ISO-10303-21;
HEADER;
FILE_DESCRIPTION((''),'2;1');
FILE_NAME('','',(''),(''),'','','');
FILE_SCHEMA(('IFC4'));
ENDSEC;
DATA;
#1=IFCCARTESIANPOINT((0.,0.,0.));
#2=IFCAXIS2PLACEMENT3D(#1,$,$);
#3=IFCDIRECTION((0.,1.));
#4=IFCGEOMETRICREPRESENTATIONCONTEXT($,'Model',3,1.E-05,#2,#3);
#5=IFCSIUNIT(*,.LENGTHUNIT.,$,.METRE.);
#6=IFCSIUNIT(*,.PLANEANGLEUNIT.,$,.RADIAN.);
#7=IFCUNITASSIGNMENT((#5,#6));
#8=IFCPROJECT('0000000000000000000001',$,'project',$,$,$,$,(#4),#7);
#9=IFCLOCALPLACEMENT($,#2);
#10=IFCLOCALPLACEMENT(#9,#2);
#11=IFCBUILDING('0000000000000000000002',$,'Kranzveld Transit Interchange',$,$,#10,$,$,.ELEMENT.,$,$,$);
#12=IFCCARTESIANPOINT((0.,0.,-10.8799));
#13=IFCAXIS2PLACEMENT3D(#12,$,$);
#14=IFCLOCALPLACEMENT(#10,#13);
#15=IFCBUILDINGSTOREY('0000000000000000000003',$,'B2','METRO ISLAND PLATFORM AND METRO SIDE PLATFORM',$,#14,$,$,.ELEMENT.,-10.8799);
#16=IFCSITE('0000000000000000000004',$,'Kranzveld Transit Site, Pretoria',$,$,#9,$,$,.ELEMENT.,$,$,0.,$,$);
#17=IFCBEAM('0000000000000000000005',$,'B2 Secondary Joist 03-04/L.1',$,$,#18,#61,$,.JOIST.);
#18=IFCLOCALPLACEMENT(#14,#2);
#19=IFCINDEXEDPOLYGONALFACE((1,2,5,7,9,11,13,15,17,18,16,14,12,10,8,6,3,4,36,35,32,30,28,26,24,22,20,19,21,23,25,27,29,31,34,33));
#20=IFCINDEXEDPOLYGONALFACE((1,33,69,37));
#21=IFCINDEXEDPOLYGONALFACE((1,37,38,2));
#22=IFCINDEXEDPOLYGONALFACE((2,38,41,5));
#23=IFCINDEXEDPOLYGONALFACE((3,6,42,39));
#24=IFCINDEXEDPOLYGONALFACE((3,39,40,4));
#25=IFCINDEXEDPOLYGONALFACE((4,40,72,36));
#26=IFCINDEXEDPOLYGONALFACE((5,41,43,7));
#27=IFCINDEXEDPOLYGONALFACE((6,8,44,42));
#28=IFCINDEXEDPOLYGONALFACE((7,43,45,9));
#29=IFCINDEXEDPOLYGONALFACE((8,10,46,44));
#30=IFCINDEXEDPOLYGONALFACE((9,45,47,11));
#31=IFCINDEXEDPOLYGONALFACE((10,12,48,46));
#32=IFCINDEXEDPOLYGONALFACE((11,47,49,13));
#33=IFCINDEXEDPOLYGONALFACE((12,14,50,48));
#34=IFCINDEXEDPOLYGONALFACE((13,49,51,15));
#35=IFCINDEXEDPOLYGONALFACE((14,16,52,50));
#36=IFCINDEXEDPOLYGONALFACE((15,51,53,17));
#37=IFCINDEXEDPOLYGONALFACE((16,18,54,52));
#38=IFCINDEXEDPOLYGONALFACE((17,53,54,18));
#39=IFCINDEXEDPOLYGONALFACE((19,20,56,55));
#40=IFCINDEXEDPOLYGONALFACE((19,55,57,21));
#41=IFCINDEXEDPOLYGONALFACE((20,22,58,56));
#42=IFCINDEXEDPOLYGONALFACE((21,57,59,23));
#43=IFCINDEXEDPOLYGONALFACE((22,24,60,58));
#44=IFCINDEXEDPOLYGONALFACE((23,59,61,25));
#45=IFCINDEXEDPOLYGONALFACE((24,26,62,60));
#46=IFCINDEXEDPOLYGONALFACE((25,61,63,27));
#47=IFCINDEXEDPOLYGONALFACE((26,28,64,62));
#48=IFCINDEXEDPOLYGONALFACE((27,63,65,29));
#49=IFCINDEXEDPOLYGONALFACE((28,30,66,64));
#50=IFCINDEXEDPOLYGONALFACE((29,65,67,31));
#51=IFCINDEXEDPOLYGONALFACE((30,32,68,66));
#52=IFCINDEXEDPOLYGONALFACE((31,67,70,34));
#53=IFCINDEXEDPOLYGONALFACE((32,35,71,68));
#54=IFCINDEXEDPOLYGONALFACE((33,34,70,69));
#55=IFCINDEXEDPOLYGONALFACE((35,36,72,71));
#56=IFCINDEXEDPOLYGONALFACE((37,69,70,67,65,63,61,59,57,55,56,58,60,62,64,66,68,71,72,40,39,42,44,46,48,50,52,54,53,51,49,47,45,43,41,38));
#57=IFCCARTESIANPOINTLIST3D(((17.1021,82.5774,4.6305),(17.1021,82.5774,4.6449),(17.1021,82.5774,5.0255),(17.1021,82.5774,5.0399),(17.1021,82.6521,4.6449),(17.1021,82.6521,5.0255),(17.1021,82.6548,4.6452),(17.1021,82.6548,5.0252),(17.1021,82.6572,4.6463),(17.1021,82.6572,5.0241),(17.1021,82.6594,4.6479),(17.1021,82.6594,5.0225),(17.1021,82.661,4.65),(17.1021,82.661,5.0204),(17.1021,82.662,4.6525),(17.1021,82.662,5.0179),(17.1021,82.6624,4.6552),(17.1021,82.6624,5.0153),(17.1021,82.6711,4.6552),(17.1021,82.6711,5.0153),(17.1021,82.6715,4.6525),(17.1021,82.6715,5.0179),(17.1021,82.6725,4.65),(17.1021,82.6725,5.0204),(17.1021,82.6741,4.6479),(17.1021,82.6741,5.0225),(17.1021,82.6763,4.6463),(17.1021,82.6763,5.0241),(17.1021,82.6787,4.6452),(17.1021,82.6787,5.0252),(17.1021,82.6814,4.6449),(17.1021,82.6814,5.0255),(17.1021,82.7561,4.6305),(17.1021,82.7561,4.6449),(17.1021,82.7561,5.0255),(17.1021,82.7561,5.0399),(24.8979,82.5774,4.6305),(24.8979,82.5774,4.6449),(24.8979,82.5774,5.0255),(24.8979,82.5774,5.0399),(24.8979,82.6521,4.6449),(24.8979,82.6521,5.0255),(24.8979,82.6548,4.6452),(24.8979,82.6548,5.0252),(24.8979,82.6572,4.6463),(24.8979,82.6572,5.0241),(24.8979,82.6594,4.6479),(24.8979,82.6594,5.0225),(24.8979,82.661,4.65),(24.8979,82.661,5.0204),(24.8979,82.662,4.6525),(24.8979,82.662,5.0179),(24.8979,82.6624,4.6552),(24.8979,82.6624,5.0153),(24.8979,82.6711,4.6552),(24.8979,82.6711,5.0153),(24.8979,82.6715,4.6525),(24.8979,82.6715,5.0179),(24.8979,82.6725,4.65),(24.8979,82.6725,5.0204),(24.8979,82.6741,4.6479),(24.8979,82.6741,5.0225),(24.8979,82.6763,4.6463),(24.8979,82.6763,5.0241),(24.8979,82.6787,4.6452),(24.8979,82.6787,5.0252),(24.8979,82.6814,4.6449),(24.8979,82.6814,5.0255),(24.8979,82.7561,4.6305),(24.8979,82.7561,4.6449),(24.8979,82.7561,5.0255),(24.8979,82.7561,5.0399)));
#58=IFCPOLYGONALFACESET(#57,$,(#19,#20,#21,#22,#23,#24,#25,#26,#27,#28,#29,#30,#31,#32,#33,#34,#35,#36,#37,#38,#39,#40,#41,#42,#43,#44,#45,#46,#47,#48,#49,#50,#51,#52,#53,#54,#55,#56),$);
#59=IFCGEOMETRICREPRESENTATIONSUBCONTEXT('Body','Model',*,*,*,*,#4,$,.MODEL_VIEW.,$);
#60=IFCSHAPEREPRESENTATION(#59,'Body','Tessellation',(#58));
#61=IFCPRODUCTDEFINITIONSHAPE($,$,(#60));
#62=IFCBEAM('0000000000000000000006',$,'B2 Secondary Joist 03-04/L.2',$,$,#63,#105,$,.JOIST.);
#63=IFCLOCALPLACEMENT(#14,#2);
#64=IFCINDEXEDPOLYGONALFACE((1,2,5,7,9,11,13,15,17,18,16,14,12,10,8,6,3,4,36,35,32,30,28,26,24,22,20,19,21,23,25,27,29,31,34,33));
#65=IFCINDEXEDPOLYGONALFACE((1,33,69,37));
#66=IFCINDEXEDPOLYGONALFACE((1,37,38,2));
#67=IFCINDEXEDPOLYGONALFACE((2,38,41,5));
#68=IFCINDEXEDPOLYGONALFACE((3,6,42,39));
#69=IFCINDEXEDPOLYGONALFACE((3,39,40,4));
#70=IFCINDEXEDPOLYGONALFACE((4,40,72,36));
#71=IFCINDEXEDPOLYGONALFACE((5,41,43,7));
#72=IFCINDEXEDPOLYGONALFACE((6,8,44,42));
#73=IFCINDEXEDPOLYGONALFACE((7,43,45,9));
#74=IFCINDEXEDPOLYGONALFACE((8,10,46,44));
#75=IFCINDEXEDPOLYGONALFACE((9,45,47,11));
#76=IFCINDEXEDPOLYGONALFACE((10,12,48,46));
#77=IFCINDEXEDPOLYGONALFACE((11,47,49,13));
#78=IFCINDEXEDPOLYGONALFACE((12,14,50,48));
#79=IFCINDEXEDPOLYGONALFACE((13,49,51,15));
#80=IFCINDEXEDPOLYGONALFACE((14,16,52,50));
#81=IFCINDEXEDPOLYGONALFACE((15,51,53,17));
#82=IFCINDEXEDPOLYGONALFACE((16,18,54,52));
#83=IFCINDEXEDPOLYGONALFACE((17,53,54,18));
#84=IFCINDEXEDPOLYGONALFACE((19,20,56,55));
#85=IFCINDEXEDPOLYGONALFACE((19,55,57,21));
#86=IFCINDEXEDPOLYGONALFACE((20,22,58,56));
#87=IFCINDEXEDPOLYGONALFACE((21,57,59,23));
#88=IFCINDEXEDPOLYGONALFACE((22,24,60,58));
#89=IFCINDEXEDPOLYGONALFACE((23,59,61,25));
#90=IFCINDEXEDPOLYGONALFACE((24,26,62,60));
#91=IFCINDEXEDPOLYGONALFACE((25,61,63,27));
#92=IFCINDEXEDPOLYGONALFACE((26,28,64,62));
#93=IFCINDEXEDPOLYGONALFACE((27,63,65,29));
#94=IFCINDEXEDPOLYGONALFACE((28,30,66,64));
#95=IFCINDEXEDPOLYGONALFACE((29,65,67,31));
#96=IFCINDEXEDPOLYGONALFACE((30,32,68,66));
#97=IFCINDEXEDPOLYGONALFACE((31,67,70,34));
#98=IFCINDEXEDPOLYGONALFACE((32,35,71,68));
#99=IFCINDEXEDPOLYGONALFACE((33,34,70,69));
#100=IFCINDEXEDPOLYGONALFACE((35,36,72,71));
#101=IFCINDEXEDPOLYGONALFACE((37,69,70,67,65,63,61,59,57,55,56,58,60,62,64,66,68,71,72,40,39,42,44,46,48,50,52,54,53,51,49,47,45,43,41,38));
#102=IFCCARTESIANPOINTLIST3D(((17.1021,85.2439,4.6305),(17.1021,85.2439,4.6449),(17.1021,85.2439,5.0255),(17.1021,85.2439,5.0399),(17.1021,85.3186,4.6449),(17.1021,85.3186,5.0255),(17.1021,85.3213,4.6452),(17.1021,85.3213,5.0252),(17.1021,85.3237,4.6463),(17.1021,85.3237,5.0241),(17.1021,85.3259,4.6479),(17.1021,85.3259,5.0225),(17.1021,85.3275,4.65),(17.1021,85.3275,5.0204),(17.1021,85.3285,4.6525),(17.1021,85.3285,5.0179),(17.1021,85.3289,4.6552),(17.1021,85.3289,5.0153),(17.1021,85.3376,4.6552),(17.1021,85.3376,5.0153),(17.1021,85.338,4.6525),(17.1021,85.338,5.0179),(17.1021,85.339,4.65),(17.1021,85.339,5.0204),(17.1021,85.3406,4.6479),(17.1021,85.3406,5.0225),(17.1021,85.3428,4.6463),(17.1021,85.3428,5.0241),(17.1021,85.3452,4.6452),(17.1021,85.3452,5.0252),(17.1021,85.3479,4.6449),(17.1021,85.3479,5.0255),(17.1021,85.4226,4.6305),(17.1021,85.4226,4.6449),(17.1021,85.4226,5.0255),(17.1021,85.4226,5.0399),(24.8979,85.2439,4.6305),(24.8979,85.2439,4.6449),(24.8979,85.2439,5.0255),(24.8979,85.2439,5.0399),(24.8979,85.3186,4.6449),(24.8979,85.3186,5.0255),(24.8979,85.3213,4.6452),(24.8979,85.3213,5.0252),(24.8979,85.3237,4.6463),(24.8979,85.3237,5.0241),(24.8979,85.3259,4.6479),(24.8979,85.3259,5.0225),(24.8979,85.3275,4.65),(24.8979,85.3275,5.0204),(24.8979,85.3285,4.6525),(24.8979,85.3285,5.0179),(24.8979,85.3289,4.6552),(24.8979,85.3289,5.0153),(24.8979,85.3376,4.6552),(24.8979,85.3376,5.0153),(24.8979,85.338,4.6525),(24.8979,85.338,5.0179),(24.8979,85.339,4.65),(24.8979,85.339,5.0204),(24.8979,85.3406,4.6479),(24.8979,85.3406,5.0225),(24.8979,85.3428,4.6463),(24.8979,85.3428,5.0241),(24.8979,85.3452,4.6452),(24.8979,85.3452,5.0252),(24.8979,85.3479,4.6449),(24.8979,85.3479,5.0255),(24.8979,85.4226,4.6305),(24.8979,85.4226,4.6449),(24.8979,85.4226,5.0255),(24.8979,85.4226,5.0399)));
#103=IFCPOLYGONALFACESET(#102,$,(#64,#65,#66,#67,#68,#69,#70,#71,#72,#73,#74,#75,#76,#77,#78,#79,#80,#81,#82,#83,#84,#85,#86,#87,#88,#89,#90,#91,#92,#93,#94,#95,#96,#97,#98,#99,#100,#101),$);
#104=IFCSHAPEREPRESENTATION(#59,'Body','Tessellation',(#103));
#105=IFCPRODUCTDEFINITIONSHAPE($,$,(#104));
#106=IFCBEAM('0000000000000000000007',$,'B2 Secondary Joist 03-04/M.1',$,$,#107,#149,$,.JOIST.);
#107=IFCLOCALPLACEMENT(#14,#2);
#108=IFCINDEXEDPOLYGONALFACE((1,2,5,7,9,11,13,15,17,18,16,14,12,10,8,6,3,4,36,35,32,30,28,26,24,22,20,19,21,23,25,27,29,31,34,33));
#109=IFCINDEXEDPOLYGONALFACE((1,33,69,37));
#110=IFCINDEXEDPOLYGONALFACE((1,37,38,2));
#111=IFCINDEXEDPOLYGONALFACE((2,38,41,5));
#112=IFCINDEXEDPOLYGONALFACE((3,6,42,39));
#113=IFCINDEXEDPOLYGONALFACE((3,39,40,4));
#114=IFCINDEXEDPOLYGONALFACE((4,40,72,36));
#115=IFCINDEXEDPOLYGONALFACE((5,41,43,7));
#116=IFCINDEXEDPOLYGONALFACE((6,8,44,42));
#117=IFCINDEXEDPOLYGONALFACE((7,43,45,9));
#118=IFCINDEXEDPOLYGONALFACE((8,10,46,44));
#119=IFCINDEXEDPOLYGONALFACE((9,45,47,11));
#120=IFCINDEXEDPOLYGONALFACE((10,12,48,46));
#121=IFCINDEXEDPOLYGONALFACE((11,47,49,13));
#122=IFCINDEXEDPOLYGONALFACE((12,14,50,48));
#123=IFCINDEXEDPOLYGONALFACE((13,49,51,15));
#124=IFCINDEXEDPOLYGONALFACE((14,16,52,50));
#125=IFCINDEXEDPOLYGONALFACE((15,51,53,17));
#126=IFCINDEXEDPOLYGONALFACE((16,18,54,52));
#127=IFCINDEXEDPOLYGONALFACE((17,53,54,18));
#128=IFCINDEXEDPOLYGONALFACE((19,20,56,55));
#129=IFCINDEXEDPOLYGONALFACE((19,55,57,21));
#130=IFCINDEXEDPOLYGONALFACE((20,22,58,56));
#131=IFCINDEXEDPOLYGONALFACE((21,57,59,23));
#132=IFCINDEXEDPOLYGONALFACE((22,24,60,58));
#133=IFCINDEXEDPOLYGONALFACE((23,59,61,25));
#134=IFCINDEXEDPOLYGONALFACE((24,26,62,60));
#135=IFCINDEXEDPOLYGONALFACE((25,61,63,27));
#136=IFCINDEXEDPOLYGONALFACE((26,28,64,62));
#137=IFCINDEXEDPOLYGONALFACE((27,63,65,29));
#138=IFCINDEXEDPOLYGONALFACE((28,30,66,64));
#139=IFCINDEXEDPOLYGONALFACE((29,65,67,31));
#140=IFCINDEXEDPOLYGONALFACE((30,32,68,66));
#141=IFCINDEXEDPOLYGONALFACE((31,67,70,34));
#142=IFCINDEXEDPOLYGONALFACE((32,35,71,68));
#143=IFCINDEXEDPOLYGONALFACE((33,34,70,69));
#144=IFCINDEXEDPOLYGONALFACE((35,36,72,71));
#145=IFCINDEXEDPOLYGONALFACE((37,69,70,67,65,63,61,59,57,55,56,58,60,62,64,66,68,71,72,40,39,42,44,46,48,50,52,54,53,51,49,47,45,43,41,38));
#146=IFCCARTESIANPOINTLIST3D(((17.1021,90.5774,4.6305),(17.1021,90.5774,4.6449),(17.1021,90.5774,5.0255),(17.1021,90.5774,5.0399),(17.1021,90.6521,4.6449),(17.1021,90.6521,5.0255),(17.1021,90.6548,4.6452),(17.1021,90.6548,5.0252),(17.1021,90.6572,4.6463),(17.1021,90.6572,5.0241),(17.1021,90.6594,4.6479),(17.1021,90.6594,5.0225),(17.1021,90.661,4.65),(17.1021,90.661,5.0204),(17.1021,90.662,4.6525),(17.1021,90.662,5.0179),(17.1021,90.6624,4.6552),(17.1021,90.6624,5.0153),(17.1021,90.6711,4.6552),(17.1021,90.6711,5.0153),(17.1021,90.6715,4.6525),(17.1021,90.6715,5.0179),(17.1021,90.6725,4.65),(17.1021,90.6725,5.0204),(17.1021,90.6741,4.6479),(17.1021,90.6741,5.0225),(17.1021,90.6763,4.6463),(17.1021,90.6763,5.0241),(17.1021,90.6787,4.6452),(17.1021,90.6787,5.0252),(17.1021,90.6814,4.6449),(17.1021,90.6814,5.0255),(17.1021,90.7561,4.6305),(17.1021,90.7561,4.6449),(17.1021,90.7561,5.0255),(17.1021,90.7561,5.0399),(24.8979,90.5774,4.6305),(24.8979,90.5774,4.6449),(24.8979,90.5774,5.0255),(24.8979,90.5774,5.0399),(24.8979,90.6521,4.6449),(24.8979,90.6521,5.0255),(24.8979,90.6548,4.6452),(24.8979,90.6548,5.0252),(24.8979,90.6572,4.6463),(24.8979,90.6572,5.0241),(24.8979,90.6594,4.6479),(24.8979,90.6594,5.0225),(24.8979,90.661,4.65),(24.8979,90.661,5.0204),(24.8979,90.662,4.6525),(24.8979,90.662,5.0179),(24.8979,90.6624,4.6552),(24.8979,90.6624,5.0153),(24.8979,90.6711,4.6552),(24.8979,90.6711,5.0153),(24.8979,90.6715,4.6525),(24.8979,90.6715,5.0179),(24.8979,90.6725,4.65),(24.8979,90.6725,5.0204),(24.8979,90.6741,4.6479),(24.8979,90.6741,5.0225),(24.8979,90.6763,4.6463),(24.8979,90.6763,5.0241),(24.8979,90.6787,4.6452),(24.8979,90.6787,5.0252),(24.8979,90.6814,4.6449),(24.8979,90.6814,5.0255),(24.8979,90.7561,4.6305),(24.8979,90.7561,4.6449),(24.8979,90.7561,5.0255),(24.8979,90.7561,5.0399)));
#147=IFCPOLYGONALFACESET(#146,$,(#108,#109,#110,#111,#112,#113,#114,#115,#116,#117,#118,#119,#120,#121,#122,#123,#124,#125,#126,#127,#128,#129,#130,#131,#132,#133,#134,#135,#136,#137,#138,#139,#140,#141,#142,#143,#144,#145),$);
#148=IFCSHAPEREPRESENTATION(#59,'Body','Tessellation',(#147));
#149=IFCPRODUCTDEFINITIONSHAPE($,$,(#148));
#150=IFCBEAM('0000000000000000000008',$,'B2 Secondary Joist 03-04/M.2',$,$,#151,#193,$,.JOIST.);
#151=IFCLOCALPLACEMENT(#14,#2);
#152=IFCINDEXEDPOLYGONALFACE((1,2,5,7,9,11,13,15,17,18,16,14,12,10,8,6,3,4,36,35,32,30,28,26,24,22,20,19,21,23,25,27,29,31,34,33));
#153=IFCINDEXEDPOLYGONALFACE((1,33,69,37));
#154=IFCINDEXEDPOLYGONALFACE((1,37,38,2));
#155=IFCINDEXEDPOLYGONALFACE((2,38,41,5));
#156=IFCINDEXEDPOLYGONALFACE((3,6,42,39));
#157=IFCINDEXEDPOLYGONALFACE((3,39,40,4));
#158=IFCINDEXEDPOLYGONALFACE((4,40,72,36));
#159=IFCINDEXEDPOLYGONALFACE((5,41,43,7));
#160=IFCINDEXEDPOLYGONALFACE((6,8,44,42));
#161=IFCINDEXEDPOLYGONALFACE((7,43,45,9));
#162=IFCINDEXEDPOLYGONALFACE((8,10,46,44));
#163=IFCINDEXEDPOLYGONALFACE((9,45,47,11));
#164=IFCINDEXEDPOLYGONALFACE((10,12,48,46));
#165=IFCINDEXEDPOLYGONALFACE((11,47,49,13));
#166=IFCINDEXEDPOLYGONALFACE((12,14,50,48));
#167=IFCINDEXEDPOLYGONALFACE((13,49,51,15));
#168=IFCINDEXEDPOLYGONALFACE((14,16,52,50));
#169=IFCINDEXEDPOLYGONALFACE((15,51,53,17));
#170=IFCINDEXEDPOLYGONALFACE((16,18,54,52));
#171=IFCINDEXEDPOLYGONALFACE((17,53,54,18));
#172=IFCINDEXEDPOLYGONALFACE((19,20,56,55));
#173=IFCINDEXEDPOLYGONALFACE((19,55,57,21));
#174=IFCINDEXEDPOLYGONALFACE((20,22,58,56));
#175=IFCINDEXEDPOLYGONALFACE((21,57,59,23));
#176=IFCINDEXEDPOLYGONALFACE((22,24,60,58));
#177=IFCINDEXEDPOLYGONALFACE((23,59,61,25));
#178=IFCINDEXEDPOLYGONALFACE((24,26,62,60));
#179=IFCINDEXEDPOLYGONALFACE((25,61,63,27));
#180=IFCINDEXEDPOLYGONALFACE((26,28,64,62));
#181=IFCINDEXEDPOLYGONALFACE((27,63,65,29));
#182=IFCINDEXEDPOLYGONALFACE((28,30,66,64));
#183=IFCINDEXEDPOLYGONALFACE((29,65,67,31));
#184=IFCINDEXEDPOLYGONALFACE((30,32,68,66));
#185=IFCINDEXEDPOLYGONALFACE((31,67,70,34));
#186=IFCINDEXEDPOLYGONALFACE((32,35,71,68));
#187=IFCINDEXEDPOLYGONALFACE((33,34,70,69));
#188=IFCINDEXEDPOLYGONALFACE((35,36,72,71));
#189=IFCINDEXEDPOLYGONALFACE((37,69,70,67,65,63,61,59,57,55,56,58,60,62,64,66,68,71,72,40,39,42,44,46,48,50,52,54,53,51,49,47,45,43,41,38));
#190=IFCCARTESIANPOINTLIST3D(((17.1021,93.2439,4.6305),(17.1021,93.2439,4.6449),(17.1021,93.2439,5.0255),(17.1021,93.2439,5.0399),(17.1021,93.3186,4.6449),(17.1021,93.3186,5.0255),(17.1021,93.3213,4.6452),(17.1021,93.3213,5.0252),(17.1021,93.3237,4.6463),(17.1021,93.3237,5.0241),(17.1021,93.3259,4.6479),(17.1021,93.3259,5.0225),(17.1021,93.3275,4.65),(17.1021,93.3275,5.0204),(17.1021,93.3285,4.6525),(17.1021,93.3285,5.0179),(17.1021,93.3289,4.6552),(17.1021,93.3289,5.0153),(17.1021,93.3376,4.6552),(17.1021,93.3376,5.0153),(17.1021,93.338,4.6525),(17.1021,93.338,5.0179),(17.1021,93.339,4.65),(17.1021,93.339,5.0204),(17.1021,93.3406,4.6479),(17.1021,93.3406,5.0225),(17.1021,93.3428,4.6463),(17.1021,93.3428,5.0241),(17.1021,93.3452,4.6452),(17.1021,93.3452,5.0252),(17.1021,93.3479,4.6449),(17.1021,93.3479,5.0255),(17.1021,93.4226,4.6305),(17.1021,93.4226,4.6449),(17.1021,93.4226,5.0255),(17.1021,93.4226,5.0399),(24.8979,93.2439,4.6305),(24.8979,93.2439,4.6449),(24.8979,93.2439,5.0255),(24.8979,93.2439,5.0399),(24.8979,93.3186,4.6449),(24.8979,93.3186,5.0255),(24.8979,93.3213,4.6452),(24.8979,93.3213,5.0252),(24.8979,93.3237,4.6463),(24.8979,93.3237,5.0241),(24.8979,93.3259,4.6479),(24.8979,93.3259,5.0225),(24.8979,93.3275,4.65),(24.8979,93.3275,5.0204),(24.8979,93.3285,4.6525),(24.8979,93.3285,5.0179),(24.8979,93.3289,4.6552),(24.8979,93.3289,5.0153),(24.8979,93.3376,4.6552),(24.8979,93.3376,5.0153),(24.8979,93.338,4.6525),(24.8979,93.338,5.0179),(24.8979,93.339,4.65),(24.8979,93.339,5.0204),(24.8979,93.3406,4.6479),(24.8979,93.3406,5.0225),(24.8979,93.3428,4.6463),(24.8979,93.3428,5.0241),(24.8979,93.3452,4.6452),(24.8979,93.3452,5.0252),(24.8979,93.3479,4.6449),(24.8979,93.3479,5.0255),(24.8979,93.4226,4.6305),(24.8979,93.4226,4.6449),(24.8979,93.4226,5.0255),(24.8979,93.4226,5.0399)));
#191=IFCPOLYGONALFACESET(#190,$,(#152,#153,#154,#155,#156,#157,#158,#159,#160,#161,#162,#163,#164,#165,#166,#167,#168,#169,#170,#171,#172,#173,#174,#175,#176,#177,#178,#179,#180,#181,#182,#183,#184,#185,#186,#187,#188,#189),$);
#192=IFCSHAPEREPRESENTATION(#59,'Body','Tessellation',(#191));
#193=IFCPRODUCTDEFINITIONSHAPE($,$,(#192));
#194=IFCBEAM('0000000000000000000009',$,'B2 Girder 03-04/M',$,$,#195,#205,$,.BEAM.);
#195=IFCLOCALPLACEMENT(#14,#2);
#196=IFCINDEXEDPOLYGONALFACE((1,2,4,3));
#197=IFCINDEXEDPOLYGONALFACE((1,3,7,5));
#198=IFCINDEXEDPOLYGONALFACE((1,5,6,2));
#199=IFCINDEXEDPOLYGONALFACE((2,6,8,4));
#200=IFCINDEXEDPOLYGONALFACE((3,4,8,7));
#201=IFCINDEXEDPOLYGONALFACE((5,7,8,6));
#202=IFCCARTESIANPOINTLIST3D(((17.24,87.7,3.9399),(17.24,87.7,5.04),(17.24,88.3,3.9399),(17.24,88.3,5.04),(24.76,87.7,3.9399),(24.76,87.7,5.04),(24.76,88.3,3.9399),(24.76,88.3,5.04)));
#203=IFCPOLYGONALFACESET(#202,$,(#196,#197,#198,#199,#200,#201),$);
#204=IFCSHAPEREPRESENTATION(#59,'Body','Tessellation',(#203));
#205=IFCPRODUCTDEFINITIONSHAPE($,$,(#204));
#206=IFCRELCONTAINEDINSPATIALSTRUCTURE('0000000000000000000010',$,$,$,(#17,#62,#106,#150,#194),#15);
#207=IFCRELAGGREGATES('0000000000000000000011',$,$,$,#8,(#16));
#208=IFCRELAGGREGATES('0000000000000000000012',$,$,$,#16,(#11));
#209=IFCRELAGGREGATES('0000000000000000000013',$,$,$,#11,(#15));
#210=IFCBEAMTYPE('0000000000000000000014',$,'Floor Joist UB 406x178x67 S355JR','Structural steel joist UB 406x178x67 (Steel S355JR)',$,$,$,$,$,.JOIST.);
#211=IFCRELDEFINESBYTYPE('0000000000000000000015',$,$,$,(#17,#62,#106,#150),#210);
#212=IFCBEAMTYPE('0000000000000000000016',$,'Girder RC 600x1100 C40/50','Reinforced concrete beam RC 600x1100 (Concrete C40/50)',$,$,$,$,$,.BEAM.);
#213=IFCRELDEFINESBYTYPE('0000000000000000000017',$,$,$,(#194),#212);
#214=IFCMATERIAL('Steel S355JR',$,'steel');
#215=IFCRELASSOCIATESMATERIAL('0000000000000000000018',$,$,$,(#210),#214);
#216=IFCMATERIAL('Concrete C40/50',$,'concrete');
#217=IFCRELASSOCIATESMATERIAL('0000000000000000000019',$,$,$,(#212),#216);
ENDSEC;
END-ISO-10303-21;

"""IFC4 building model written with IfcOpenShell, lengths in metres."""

from ifc_helpers import new_model, si_unit, direction, frame, origin, origin_2d, place, context, subcontext, project, spatial, rectangle, i_section, extrude, material, material_profile, profile_set, type_object, element, save


model = new_model("IFC4")

# Units and contexts
model_context = context("Model", 3, precision=1e-05, world=origin(), true_north=direction((0.0, 1.0)))
body_context = subcontext(model_context, "Body", "Model", "MODEL_VIEW")
ifc_project = project(units=[si_unit("LENGTHUNIT", "METRE"), si_unit("PLANEANGLEUNIT", "RADIAN")], contexts=[model_context])

# Site, building, storey
site_placement = place(None, origin())
site = spatial("IfcSite", under=ifc_project, at=site_placement, Name="Kranzveld Transit Site, Pretoria", CompositionType="ELEMENT", RefElevation=0.0)
building_placement = place(site_placement, origin())
building = spatial("IfcBuilding", under=site, at=building_placement, Name="Kranzveld Transit Interchange", CompositionType="ELEMENT")
storey_placement = place(building_placement, frame((0.0, 0.0, -10.8799)))
storey = spatial("IfcBuildingStorey", under=building, at=storey_placement, Name="B2", Description="METRO ISLAND PLATFORM AND METRO SIDE PLATFORM", CompositionType="ELEMENT", Elevation=-10.8799)

# Beams
ifc_material_1 = material(Name="Steel S355JR", Category="steel")
ifc_material_profile_1 = material_profile(ifc_material_1, i_section(OverallWidth=0.1787, OverallDepth=0.4094, WebThickness=0.0088, FlangeThickness=0.0144, FilletRadius=0.0103, at=origin_2d()), Name="UB 406x178x67")
ifc_profile_set_1 = profile_set([ifc_material_profile_1], Name="Steel S355JR")
beam_type_1 = type_object("IfcBeamType", Name="Floor Joist UB 406x178x67 S355JR", Description="Structural steel joist UB 406x178x67 (Steel S355JR)", PredefinedType="JOIST", material=ifc_profile_set_1)
for number, where, z_axis, x_axis, name in (
    (1, (17.1021, 82.6667, 4.8352), (1.0, 0.0, 0.0), (0.0, 1.0, 0.0), "B2 Secondary Joist 03-04/L.1"),
    (2, (17.1021, 85.3333, 4.8352), (1.0, 0.0, 0.0), (0.0, 1.0, 0.0), "B2 Secondary Joist 03-04/L.2"),
    (3, (17.1021, 90.6667, 4.8352), (1.0, 0.0, 0.0), (0.0, 1.0, 0.0), "B2 Secondary Joist 03-04/M.1"),
    (4, (17.1021, 93.3333, 4.8352), (1.0, 0.0, 0.0), (0.0, 1.0, 0.0), "B2 Secondary Joist 03-04/M.2"),
):
    element("IfcBeam", number, at=place(storey_placement, frame(where, z_axis=z_axis, x_axis=x_axis)), inside=storey, type_object=beam_type_1, Name=name, PredefinedType="JOIST", context=body_context, shape_type="SweptSolid", body=[
        extrude(i_section(OverallWidth=0.1787, OverallDepth=0.4094, WebThickness=0.0088, FlangeThickness=0.0144, FilletRadius=0.0103, at=origin_2d()), origin(), (0.0, 0.0, 1.0), 7.7959),
    ])
ifc_material_2 = material(Name="Concrete C40/50", Category="concrete")
ifc_material_profile_2 = material_profile(ifc_material_2, rectangle(XDim=0.6001, YDim=1.1001, at=origin_2d()), Name="RC 600x1100")
ifc_profile_set_2 = profile_set([ifc_material_profile_2], Name="Concrete C40/50")
beam_type_2 = type_object("IfcBeamType", Name="Girder RC 600x1100 C40/50", Description="Reinforced concrete beam RC 600x1100 (Concrete C40/50)", PredefinedType="BEAM", material=ifc_profile_set_2)
beam_placement = place(storey_placement, frame((17.24, 88.0, 4.49), z_axis=(1.0, 0.0, 0.0), x_axis=(0.0, 1.0, 0.0)))
element("IfcBeam", 5, at=beam_placement, inside=storey, type_object=beam_type_2, Name="B2 Girder 03-04/M", PredefinedType="BEAM", context=body_context, shape_type="SweptSolid", body=[
    extrude(rectangle(XDim=0.6001, YDim=1.1001, at=origin_2d()), origin(), (0.0, 0.0, 1.0), 7.52),
])

save(model, "model.ifc")
